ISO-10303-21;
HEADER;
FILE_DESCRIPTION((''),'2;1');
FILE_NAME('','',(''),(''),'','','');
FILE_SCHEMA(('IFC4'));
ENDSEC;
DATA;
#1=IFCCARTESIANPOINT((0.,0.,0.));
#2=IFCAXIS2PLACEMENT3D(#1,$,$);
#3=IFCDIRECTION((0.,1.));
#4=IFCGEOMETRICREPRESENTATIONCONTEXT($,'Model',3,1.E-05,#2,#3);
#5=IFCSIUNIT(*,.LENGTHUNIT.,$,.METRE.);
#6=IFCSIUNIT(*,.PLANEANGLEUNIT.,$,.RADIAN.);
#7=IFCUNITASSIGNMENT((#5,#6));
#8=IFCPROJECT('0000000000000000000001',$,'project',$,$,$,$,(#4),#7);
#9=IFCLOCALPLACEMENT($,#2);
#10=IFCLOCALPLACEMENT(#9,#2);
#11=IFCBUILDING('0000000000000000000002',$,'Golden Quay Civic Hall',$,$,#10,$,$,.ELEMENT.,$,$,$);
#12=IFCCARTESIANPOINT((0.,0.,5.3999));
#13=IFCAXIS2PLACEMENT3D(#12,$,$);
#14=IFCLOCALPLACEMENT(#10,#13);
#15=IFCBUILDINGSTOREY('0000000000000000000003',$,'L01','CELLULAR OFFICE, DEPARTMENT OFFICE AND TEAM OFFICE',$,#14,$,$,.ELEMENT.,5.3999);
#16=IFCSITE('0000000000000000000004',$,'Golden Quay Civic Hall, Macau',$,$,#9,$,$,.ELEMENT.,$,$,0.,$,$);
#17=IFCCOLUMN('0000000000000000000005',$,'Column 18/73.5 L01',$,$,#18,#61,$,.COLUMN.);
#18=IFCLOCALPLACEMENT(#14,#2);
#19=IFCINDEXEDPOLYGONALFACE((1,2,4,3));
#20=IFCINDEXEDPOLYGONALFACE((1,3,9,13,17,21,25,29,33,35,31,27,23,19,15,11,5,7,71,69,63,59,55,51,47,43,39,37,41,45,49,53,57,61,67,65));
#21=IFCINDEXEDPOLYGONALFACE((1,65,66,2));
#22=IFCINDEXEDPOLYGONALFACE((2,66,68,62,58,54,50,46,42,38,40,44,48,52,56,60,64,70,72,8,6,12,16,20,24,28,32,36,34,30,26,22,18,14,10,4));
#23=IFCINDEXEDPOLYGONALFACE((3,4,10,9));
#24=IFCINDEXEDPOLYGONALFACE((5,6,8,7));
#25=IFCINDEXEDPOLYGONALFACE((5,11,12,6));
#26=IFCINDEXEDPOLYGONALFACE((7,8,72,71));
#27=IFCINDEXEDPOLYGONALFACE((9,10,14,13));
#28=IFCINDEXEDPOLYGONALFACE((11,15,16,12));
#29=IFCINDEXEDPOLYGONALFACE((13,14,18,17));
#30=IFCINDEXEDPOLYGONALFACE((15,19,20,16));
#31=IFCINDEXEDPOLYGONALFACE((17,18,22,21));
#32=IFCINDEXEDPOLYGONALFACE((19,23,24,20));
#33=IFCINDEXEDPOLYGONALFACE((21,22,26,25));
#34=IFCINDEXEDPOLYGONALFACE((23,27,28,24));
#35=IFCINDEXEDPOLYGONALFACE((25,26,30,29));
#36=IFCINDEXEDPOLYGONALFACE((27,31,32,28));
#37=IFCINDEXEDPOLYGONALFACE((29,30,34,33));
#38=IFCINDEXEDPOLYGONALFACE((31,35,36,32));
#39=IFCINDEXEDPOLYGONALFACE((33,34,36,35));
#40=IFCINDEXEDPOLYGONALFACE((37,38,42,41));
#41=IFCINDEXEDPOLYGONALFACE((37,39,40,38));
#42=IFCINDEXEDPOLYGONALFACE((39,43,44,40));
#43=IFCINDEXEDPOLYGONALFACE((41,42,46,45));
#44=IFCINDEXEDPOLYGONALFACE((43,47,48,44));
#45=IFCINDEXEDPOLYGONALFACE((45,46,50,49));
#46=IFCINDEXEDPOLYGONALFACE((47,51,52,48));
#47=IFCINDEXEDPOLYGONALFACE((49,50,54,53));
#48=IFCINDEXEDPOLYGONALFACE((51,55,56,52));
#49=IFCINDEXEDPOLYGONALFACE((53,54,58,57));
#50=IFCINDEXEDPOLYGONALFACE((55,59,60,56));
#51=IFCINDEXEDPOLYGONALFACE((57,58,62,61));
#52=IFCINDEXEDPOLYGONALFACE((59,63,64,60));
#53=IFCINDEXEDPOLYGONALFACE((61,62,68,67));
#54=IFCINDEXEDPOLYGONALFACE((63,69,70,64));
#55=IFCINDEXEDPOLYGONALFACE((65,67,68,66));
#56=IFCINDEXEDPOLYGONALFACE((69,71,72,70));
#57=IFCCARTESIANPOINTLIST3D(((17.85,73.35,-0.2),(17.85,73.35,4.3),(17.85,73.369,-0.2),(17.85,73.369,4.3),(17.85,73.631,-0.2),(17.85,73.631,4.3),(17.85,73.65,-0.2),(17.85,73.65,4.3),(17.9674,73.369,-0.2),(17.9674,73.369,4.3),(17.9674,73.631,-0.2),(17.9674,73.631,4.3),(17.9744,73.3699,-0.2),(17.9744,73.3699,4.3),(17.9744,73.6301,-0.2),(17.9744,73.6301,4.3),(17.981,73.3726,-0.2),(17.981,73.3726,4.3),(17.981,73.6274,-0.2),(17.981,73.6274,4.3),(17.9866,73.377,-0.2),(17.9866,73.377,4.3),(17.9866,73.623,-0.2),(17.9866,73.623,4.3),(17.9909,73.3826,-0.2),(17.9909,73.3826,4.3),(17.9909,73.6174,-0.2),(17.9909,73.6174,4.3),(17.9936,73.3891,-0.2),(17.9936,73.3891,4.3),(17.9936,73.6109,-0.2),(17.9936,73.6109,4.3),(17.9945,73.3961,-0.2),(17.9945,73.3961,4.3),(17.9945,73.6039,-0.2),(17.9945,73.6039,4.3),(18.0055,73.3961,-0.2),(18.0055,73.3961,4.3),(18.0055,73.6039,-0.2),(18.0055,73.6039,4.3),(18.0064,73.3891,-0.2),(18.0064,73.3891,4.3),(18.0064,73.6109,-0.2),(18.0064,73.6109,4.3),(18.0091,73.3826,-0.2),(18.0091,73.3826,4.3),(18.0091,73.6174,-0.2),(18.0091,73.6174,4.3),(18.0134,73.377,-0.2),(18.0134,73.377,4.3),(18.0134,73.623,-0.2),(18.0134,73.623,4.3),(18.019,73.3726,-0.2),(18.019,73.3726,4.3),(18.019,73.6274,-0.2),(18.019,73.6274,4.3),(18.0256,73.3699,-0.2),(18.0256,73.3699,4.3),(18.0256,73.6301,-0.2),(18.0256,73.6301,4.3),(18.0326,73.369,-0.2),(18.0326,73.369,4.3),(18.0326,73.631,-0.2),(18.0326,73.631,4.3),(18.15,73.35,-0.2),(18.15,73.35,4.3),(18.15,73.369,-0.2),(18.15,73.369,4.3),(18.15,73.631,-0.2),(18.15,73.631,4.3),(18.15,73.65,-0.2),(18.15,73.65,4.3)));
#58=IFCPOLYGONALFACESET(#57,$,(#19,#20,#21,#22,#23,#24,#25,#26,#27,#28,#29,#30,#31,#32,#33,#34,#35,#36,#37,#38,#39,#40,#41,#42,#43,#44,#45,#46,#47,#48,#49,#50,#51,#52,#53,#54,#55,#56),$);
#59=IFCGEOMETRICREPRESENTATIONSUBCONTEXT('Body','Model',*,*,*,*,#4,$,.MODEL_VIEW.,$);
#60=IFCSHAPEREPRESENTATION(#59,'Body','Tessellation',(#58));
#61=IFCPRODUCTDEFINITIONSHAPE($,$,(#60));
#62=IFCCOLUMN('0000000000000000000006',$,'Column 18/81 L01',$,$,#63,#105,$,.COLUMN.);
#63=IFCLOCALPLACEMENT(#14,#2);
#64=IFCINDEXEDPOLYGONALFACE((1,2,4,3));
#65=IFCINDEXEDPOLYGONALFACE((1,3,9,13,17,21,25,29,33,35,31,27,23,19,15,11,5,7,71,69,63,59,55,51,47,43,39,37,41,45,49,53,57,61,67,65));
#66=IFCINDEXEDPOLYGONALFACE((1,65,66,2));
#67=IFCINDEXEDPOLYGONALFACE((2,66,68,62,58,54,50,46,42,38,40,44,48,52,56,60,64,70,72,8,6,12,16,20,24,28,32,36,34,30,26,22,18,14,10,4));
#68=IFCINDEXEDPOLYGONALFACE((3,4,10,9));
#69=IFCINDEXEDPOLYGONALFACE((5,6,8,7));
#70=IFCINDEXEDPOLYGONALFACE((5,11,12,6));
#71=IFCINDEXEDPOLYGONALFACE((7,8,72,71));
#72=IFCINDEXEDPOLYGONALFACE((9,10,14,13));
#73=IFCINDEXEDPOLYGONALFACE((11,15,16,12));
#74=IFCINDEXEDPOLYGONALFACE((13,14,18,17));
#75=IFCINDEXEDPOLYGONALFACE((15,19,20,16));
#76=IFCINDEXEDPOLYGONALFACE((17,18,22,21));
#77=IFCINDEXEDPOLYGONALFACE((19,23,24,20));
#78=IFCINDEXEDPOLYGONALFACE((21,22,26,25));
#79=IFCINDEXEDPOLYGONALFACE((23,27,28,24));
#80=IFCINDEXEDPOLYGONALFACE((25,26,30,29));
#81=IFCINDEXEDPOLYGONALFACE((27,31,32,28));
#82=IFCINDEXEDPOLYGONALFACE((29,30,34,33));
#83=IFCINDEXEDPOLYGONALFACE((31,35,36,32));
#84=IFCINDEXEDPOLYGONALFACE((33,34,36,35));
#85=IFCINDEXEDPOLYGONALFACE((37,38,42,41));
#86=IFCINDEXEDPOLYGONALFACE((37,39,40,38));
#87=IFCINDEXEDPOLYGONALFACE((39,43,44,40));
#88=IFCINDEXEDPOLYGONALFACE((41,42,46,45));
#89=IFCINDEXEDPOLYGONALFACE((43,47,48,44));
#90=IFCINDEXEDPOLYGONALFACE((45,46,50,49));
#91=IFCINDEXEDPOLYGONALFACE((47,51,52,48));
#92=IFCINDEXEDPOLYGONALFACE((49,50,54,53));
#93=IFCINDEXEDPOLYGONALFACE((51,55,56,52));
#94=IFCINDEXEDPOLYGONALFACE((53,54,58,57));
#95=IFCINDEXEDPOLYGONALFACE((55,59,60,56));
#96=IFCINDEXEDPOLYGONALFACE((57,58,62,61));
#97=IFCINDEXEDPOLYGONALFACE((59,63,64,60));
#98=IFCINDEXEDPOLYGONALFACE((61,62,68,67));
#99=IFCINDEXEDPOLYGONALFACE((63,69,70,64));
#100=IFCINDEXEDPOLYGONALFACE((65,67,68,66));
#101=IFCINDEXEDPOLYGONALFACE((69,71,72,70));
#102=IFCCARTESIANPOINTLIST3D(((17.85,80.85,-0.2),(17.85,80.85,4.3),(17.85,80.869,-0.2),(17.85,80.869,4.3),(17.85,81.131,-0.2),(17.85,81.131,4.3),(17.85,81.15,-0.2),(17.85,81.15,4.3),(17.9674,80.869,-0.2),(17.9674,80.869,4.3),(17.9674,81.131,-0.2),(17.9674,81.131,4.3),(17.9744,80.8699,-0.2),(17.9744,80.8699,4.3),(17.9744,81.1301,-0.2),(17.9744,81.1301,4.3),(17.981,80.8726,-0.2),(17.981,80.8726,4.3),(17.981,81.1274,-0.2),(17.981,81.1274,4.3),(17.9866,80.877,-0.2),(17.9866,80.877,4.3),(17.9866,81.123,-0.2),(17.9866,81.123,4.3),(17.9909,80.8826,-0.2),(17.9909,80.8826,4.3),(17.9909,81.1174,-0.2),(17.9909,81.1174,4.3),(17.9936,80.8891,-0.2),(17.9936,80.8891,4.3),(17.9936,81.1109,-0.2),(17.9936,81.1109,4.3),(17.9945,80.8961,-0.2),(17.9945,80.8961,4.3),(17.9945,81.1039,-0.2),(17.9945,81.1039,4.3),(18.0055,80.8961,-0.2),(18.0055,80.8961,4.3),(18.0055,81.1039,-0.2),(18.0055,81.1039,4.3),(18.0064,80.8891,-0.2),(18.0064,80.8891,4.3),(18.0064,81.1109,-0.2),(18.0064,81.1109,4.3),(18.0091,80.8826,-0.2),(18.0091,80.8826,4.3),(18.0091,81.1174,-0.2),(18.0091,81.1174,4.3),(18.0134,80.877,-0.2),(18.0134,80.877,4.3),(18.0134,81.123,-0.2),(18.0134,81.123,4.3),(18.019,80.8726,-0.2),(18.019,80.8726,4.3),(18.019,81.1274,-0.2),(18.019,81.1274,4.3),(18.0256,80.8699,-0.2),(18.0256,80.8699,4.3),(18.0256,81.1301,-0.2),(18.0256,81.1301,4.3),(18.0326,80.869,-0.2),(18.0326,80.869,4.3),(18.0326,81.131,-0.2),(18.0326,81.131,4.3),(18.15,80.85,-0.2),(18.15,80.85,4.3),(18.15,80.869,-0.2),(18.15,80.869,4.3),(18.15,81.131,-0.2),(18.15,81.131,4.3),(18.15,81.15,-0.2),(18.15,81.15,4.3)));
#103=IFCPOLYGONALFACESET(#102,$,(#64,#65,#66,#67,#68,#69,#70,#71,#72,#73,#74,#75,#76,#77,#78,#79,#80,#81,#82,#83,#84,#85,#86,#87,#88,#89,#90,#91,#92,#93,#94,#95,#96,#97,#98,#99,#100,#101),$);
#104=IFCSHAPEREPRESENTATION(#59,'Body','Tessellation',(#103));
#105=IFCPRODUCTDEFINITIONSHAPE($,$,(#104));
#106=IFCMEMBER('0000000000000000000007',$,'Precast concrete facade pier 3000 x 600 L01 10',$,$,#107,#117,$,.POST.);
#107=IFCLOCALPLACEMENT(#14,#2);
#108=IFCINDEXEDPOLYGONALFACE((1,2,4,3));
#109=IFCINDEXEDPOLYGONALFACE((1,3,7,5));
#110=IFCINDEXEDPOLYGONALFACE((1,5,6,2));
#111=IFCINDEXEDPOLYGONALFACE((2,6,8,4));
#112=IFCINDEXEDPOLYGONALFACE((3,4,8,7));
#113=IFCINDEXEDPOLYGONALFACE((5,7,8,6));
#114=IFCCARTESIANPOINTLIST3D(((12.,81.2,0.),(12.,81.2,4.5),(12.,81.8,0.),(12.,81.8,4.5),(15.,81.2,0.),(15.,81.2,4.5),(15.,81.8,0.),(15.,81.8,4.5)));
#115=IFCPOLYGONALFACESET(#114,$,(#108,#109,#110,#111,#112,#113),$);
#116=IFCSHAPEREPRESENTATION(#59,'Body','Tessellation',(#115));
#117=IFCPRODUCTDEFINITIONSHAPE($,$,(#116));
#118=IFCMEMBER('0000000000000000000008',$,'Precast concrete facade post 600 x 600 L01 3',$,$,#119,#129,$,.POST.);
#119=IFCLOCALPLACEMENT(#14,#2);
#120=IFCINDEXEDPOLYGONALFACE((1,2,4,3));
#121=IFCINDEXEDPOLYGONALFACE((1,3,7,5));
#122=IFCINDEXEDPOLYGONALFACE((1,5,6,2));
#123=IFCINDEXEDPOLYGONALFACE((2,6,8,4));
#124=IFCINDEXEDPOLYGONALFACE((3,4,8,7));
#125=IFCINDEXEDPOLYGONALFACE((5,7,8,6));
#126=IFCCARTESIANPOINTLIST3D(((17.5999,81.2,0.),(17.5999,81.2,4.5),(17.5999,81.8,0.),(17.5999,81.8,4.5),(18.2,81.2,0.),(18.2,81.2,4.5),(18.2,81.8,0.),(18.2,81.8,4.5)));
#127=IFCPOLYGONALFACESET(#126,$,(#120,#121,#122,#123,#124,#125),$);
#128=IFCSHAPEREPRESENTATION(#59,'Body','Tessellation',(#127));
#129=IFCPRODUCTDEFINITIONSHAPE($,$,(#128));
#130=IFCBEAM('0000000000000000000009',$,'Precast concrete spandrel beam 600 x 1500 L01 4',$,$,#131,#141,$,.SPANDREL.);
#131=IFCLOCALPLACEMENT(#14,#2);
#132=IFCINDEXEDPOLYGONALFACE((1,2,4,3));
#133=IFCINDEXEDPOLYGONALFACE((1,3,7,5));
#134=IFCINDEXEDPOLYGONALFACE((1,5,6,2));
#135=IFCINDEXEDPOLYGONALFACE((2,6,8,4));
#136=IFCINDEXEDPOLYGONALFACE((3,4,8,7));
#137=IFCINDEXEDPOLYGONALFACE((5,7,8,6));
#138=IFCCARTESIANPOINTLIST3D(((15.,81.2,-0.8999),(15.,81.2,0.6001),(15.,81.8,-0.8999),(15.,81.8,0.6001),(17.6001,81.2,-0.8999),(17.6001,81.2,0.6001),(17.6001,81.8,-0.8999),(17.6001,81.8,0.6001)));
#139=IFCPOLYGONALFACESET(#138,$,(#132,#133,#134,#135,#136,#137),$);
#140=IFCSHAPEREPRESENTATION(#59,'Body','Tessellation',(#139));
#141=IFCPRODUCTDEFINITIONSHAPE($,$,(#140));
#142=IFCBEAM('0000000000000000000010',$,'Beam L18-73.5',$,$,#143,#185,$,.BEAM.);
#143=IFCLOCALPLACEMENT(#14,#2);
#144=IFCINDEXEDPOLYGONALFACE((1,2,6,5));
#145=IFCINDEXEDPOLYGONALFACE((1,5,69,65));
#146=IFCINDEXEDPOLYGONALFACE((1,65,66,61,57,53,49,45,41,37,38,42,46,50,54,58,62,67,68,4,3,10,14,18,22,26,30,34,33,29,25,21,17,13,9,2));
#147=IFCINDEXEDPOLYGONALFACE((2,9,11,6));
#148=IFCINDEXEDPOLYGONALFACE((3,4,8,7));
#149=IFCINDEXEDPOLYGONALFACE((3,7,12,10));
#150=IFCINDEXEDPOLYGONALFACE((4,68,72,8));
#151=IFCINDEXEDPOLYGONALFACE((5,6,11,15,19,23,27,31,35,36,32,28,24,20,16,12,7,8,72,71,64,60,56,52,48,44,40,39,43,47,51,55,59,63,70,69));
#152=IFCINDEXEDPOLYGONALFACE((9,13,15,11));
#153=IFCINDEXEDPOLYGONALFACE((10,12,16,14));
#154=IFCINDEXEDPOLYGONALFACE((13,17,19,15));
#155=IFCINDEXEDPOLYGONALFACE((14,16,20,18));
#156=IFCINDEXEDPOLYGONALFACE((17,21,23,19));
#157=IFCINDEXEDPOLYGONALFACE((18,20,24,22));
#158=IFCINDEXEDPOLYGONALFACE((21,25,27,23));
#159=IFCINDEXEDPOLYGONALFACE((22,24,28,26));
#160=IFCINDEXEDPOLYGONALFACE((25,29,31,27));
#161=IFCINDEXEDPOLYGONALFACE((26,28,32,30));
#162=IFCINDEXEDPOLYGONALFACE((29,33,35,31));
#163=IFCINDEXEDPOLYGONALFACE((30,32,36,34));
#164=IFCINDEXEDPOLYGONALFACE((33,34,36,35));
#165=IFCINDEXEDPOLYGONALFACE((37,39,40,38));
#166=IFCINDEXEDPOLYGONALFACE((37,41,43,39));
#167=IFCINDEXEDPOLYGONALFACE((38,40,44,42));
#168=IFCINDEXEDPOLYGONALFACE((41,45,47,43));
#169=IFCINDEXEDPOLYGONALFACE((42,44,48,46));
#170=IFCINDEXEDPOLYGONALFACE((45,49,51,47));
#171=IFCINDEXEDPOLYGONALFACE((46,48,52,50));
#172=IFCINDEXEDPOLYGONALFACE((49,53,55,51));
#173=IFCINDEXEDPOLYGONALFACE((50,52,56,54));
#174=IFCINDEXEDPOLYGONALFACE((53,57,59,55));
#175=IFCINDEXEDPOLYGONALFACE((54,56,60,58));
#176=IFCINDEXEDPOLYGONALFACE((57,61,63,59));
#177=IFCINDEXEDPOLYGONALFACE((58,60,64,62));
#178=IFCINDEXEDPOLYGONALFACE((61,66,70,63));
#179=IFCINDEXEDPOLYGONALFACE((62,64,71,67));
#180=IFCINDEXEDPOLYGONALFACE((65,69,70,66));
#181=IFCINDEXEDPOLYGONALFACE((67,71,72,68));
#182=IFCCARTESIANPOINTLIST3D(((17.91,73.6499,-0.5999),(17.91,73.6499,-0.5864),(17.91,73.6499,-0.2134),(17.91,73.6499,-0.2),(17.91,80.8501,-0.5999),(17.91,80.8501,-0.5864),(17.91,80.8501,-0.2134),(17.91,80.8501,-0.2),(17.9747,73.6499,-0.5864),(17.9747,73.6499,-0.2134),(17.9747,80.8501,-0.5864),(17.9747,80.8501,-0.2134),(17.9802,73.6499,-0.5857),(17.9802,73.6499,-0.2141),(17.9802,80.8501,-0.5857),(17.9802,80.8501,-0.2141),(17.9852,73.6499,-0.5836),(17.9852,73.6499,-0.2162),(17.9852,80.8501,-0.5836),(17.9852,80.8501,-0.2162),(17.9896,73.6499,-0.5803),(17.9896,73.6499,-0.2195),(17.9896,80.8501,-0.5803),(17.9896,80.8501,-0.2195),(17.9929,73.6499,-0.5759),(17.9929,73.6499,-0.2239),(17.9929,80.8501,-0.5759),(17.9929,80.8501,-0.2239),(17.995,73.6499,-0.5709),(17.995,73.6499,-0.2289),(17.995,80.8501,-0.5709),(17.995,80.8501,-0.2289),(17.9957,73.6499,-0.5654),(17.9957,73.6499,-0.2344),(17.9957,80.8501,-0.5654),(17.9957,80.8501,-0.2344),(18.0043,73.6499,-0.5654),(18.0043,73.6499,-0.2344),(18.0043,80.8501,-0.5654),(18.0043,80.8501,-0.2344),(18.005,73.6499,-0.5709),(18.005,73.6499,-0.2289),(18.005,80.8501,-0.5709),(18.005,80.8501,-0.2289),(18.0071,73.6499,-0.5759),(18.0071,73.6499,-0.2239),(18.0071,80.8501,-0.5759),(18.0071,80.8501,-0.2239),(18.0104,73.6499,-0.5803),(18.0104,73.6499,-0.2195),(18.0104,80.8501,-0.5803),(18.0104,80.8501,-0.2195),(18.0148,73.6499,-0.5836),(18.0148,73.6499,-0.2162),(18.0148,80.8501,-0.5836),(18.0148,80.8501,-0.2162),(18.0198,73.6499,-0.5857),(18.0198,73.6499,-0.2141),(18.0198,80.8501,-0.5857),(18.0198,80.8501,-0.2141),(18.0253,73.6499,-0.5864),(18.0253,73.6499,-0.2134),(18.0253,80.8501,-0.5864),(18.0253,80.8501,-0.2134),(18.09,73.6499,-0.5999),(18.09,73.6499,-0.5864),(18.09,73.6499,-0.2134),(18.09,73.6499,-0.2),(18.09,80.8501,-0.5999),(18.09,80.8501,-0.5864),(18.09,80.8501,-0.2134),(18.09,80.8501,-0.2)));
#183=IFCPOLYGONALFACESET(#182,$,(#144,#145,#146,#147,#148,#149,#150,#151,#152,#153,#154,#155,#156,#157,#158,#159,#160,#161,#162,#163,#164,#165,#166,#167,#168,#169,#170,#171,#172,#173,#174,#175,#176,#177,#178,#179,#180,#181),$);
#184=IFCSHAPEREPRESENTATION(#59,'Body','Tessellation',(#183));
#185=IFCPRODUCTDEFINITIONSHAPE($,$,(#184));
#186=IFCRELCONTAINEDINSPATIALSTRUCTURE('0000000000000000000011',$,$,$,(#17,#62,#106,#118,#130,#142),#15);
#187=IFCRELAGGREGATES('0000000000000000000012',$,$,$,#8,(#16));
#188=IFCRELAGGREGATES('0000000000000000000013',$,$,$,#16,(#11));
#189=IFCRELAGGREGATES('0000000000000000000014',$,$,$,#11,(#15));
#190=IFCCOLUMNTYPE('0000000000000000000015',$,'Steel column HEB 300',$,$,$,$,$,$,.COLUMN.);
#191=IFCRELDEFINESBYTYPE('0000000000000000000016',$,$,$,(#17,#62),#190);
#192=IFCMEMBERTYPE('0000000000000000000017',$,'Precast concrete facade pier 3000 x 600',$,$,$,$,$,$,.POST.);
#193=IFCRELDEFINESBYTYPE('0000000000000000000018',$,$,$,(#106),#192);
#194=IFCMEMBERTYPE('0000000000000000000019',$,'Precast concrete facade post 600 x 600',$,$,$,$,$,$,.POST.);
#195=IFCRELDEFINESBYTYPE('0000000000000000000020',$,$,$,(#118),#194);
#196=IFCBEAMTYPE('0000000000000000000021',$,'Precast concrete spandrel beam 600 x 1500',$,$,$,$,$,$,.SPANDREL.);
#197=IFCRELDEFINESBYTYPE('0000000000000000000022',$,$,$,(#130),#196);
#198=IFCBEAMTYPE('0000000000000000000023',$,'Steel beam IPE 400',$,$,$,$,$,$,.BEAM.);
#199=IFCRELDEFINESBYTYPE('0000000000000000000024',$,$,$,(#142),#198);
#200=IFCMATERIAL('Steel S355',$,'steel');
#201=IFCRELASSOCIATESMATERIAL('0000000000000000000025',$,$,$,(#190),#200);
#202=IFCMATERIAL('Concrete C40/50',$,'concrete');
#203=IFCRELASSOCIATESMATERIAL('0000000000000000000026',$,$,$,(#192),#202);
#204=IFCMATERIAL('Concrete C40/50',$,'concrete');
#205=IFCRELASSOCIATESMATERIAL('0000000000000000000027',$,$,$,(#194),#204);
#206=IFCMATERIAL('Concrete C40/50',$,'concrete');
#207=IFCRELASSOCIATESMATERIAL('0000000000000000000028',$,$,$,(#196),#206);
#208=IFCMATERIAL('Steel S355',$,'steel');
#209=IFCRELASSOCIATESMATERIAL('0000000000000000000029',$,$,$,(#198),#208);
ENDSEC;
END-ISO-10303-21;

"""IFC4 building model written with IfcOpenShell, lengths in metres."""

from ifc_helpers import new_model, si_unit, direction, frame, origin, origin_2d, place, context, subcontext, project, spatial, rectangle, i_section, extrude, material, material_profile, profile_set, type_object, element, save


model = new_model("IFC4")

# Units and contexts
model_context = context("Model", 3, precision=1e-05, world=origin(), true_north=direction((0.0, 1.0)))
body_context = subcontext(model_context, "Body", "Model", "MODEL_VIEW")
ifc_project = project(units=[si_unit("LENGTHUNIT", "METRE"), si_unit("PLANEANGLEUNIT", "RADIAN")], contexts=[model_context])

# Site, building, storey
site_placement = place(None, origin())
site = spatial("IfcSite", under=ifc_project, at=site_placement, Name="Golden Quay Civic Hall, Macau", CompositionType="ELEMENT", RefElevation=0.0)
building_placement = place(site_placement, origin())
building = spatial("IfcBuilding", under=site, at=building_placement, Name="Golden Quay Civic Hall", CompositionType="ELEMENT")
storey_placement = place(building_placement, frame((0.0, 0.0, 5.3999)))
storey = spatial("IfcBuildingStorey", under=building, at=storey_placement, Name="L01", Description="CELLULAR OFFICE, DEPARTMENT OFFICE AND TEAM OFFICE", CompositionType="ELEMENT", Elevation=5.3999)

# Columns
ifc_material_1 = material(Name="Steel S355", Category="steel")
ifc_material_profile_1 = material_profile(ifc_material_1, i_section(OverallWidth=0.3, OverallDepth=0.3, WebThickness=0.011, FlangeThickness=0.019, FilletRadius=0.0271, at=origin_2d()), Name="HEB 300")
ifc_profile_set_1 = profile_set([ifc_material_profile_1], Name="Steel S355")
column_type = type_object("IfcColumnType", Name="Steel column HEB 300", PredefinedType="COLUMN", material=ifc_profile_set_1)
for number, where, z_axis, x_axis, name in (
    (1, (18.0, 73.5, -0.2), (0.0, 0.0, 1.0), (1.0, 0.0, 0.0), "Column 18/73.5 L01"),
    (2, (18.0, 81.0, -0.2), (0.0, 0.0, 1.0), (1.0, 0.0, 0.0), "Column 18/81 L01"),
):
    element("IfcColumn", number, at=place(storey_placement, frame(where, z_axis=z_axis, x_axis=x_axis)), inside=storey, type_object=column_type, Name=name, PredefinedType="COLUMN", context=body_context, shape_type="SweptSolid", body=[
        extrude(i_section(OverallWidth=0.3, OverallDepth=0.3, WebThickness=0.011, FlangeThickness=0.019, FilletRadius=0.0271, at=origin_2d()), origin(), (0.0, 0.0, 1.0), 4.5),
    ])

# Members
ifc_material_2 = material(Name="Concrete C40/50", Category="concrete")
ifc_material_profile_2 = material_profile(ifc_material_2, rectangle(XDim=3.0, YDim=0.6001, at=origin_2d()), Name="RC 3000x600")
ifc_profile_set_2 = profile_set([ifc_material_profile_2], Name="Concrete C40/50")
member_type_1 = type_object("IfcMemberType", Name="Precast concrete facade pier 3000 x 600", PredefinedType="POST", material=ifc_profile_set_2)
member_1_placement = place(storey_placement, frame((13.5, 81.5, 0.0), z_axis=(0.0, 0.0, 1.0), x_axis=(1.0, 0.0, 0.0)))
element("IfcMember", 3, at=member_1_placement, inside=storey, type_object=member_type_1, Name="Precast concrete facade pier 3000 x 600 L01 10", PredefinedType="POST", context=body_context, shape_type="SweptSolid", body=[
    extrude(rectangle(XDim=3.0, YDim=0.6001, at=origin_2d()), origin(), (0.0, 0.0, 1.0), 4.5),
])
ifc_material_3 = material(Name="Concrete C40/50", Category="concrete")
ifc_material_profile_3 = material_profile(ifc_material_3, rectangle(XDim=0.6001, YDim=0.6001, at=origin_2d()), Name="RC 600x600")
ifc_profile_set_3 = profile_set([ifc_material_profile_3], Name="Concrete C40/50")
member_type_2 = type_object("IfcMemberType", Name="Precast concrete facade post 600 x 600", PredefinedType="POST", material=ifc_profile_set_3)
member_2_placement = place(storey_placement, frame((17.8999, 81.5, 0.0), z_axis=(0.0, 0.0, 1.0), x_axis=(1.0, 0.0, 0.0)))
element("IfcMember", 4, at=member_2_placement, inside=storey, type_object=member_type_2, Name="Precast concrete facade post 600 x 600 L01 3", PredefinedType="POST", context=body_context, shape_type="SweptSolid", body=[
    extrude(rectangle(XDim=0.6001, YDim=0.6001, at=origin_2d()), origin(), (0.0, 0.0, 1.0), 4.5),
])

# Beams
ifc_material_4 = material(Name="Concrete C40/50", Category="concrete")
ifc_material_profile_4 = material_profile(ifc_material_4, rectangle(XDim=0.6001, YDim=1.5, at=origin_2d()), Name="RC 600x1500")
ifc_profile_set_4 = profile_set([ifc_material_profile_4], Name="Concrete C40/50")
beam_type_1 = type_object("IfcBeamType", Name="Precast concrete spandrel beam 600 x 1500", PredefinedType="SPANDREL", material=ifc_profile_set_4)
beam_1_placement = place(storey_placement, frame((15.0, 81.5, -0.1499), z_axis=(1.0, 0.0, 0.0), x_axis=(0.0, 1.0, 0.0)))
element("IfcBeam", 5, at=beam_1_placement, inside=storey, type_object=beam_type_1, Name="Precast concrete spandrel beam 600 x 1500 L01 4", PredefinedType="SPANDREL", context=body_context, shape_type="SweptSolid", body=[
    extrude(rectangle(XDim=0.6001, YDim=1.5, at=origin_2d()), origin(), (0.0, 0.0, 1.0), 2.6001),
])
ifc_material_5 = material(Name="Steel S355", Category="steel")
ifc_material_profile_5 = material_profile(ifc_material_5, i_section(OverallWidth=0.1799, OverallDepth=0.3999, WebThickness=0.0085, FlangeThickness=0.0134, FilletRadius=0.021, at=origin_2d()), Name="IPE 400")
ifc_profile_set_5 = profile_set([ifc_material_profile_5], Name="Steel S355")
beam_type_2 = type_object("IfcBeamType", Name="Steel beam IPE 400", PredefinedType="BEAM", material=ifc_profile_set_5)
beam_2_placement = place(storey_placement, frame((18.0, 73.6499, -0.3999), z_axis=(0.0, 1.0, 0.0), x_axis=(-1.0, 0.0, 0.0)))
element("IfcBeam", 6, at=beam_2_placement, inside=storey, type_object=beam_type_2, Name="Beam L18-73.5", PredefinedType="BEAM", context=body_context, shape_type="SweptSolid", body=[
    extrude(i_section(OverallWidth=0.1799, OverallDepth=0.3999, WebThickness=0.0085, FlangeThickness=0.0134, FilletRadius=0.021, at=origin_2d()), origin(), (0.0, 0.0, 1.0), 7.2002),
])

save(model, "model.ifc")
